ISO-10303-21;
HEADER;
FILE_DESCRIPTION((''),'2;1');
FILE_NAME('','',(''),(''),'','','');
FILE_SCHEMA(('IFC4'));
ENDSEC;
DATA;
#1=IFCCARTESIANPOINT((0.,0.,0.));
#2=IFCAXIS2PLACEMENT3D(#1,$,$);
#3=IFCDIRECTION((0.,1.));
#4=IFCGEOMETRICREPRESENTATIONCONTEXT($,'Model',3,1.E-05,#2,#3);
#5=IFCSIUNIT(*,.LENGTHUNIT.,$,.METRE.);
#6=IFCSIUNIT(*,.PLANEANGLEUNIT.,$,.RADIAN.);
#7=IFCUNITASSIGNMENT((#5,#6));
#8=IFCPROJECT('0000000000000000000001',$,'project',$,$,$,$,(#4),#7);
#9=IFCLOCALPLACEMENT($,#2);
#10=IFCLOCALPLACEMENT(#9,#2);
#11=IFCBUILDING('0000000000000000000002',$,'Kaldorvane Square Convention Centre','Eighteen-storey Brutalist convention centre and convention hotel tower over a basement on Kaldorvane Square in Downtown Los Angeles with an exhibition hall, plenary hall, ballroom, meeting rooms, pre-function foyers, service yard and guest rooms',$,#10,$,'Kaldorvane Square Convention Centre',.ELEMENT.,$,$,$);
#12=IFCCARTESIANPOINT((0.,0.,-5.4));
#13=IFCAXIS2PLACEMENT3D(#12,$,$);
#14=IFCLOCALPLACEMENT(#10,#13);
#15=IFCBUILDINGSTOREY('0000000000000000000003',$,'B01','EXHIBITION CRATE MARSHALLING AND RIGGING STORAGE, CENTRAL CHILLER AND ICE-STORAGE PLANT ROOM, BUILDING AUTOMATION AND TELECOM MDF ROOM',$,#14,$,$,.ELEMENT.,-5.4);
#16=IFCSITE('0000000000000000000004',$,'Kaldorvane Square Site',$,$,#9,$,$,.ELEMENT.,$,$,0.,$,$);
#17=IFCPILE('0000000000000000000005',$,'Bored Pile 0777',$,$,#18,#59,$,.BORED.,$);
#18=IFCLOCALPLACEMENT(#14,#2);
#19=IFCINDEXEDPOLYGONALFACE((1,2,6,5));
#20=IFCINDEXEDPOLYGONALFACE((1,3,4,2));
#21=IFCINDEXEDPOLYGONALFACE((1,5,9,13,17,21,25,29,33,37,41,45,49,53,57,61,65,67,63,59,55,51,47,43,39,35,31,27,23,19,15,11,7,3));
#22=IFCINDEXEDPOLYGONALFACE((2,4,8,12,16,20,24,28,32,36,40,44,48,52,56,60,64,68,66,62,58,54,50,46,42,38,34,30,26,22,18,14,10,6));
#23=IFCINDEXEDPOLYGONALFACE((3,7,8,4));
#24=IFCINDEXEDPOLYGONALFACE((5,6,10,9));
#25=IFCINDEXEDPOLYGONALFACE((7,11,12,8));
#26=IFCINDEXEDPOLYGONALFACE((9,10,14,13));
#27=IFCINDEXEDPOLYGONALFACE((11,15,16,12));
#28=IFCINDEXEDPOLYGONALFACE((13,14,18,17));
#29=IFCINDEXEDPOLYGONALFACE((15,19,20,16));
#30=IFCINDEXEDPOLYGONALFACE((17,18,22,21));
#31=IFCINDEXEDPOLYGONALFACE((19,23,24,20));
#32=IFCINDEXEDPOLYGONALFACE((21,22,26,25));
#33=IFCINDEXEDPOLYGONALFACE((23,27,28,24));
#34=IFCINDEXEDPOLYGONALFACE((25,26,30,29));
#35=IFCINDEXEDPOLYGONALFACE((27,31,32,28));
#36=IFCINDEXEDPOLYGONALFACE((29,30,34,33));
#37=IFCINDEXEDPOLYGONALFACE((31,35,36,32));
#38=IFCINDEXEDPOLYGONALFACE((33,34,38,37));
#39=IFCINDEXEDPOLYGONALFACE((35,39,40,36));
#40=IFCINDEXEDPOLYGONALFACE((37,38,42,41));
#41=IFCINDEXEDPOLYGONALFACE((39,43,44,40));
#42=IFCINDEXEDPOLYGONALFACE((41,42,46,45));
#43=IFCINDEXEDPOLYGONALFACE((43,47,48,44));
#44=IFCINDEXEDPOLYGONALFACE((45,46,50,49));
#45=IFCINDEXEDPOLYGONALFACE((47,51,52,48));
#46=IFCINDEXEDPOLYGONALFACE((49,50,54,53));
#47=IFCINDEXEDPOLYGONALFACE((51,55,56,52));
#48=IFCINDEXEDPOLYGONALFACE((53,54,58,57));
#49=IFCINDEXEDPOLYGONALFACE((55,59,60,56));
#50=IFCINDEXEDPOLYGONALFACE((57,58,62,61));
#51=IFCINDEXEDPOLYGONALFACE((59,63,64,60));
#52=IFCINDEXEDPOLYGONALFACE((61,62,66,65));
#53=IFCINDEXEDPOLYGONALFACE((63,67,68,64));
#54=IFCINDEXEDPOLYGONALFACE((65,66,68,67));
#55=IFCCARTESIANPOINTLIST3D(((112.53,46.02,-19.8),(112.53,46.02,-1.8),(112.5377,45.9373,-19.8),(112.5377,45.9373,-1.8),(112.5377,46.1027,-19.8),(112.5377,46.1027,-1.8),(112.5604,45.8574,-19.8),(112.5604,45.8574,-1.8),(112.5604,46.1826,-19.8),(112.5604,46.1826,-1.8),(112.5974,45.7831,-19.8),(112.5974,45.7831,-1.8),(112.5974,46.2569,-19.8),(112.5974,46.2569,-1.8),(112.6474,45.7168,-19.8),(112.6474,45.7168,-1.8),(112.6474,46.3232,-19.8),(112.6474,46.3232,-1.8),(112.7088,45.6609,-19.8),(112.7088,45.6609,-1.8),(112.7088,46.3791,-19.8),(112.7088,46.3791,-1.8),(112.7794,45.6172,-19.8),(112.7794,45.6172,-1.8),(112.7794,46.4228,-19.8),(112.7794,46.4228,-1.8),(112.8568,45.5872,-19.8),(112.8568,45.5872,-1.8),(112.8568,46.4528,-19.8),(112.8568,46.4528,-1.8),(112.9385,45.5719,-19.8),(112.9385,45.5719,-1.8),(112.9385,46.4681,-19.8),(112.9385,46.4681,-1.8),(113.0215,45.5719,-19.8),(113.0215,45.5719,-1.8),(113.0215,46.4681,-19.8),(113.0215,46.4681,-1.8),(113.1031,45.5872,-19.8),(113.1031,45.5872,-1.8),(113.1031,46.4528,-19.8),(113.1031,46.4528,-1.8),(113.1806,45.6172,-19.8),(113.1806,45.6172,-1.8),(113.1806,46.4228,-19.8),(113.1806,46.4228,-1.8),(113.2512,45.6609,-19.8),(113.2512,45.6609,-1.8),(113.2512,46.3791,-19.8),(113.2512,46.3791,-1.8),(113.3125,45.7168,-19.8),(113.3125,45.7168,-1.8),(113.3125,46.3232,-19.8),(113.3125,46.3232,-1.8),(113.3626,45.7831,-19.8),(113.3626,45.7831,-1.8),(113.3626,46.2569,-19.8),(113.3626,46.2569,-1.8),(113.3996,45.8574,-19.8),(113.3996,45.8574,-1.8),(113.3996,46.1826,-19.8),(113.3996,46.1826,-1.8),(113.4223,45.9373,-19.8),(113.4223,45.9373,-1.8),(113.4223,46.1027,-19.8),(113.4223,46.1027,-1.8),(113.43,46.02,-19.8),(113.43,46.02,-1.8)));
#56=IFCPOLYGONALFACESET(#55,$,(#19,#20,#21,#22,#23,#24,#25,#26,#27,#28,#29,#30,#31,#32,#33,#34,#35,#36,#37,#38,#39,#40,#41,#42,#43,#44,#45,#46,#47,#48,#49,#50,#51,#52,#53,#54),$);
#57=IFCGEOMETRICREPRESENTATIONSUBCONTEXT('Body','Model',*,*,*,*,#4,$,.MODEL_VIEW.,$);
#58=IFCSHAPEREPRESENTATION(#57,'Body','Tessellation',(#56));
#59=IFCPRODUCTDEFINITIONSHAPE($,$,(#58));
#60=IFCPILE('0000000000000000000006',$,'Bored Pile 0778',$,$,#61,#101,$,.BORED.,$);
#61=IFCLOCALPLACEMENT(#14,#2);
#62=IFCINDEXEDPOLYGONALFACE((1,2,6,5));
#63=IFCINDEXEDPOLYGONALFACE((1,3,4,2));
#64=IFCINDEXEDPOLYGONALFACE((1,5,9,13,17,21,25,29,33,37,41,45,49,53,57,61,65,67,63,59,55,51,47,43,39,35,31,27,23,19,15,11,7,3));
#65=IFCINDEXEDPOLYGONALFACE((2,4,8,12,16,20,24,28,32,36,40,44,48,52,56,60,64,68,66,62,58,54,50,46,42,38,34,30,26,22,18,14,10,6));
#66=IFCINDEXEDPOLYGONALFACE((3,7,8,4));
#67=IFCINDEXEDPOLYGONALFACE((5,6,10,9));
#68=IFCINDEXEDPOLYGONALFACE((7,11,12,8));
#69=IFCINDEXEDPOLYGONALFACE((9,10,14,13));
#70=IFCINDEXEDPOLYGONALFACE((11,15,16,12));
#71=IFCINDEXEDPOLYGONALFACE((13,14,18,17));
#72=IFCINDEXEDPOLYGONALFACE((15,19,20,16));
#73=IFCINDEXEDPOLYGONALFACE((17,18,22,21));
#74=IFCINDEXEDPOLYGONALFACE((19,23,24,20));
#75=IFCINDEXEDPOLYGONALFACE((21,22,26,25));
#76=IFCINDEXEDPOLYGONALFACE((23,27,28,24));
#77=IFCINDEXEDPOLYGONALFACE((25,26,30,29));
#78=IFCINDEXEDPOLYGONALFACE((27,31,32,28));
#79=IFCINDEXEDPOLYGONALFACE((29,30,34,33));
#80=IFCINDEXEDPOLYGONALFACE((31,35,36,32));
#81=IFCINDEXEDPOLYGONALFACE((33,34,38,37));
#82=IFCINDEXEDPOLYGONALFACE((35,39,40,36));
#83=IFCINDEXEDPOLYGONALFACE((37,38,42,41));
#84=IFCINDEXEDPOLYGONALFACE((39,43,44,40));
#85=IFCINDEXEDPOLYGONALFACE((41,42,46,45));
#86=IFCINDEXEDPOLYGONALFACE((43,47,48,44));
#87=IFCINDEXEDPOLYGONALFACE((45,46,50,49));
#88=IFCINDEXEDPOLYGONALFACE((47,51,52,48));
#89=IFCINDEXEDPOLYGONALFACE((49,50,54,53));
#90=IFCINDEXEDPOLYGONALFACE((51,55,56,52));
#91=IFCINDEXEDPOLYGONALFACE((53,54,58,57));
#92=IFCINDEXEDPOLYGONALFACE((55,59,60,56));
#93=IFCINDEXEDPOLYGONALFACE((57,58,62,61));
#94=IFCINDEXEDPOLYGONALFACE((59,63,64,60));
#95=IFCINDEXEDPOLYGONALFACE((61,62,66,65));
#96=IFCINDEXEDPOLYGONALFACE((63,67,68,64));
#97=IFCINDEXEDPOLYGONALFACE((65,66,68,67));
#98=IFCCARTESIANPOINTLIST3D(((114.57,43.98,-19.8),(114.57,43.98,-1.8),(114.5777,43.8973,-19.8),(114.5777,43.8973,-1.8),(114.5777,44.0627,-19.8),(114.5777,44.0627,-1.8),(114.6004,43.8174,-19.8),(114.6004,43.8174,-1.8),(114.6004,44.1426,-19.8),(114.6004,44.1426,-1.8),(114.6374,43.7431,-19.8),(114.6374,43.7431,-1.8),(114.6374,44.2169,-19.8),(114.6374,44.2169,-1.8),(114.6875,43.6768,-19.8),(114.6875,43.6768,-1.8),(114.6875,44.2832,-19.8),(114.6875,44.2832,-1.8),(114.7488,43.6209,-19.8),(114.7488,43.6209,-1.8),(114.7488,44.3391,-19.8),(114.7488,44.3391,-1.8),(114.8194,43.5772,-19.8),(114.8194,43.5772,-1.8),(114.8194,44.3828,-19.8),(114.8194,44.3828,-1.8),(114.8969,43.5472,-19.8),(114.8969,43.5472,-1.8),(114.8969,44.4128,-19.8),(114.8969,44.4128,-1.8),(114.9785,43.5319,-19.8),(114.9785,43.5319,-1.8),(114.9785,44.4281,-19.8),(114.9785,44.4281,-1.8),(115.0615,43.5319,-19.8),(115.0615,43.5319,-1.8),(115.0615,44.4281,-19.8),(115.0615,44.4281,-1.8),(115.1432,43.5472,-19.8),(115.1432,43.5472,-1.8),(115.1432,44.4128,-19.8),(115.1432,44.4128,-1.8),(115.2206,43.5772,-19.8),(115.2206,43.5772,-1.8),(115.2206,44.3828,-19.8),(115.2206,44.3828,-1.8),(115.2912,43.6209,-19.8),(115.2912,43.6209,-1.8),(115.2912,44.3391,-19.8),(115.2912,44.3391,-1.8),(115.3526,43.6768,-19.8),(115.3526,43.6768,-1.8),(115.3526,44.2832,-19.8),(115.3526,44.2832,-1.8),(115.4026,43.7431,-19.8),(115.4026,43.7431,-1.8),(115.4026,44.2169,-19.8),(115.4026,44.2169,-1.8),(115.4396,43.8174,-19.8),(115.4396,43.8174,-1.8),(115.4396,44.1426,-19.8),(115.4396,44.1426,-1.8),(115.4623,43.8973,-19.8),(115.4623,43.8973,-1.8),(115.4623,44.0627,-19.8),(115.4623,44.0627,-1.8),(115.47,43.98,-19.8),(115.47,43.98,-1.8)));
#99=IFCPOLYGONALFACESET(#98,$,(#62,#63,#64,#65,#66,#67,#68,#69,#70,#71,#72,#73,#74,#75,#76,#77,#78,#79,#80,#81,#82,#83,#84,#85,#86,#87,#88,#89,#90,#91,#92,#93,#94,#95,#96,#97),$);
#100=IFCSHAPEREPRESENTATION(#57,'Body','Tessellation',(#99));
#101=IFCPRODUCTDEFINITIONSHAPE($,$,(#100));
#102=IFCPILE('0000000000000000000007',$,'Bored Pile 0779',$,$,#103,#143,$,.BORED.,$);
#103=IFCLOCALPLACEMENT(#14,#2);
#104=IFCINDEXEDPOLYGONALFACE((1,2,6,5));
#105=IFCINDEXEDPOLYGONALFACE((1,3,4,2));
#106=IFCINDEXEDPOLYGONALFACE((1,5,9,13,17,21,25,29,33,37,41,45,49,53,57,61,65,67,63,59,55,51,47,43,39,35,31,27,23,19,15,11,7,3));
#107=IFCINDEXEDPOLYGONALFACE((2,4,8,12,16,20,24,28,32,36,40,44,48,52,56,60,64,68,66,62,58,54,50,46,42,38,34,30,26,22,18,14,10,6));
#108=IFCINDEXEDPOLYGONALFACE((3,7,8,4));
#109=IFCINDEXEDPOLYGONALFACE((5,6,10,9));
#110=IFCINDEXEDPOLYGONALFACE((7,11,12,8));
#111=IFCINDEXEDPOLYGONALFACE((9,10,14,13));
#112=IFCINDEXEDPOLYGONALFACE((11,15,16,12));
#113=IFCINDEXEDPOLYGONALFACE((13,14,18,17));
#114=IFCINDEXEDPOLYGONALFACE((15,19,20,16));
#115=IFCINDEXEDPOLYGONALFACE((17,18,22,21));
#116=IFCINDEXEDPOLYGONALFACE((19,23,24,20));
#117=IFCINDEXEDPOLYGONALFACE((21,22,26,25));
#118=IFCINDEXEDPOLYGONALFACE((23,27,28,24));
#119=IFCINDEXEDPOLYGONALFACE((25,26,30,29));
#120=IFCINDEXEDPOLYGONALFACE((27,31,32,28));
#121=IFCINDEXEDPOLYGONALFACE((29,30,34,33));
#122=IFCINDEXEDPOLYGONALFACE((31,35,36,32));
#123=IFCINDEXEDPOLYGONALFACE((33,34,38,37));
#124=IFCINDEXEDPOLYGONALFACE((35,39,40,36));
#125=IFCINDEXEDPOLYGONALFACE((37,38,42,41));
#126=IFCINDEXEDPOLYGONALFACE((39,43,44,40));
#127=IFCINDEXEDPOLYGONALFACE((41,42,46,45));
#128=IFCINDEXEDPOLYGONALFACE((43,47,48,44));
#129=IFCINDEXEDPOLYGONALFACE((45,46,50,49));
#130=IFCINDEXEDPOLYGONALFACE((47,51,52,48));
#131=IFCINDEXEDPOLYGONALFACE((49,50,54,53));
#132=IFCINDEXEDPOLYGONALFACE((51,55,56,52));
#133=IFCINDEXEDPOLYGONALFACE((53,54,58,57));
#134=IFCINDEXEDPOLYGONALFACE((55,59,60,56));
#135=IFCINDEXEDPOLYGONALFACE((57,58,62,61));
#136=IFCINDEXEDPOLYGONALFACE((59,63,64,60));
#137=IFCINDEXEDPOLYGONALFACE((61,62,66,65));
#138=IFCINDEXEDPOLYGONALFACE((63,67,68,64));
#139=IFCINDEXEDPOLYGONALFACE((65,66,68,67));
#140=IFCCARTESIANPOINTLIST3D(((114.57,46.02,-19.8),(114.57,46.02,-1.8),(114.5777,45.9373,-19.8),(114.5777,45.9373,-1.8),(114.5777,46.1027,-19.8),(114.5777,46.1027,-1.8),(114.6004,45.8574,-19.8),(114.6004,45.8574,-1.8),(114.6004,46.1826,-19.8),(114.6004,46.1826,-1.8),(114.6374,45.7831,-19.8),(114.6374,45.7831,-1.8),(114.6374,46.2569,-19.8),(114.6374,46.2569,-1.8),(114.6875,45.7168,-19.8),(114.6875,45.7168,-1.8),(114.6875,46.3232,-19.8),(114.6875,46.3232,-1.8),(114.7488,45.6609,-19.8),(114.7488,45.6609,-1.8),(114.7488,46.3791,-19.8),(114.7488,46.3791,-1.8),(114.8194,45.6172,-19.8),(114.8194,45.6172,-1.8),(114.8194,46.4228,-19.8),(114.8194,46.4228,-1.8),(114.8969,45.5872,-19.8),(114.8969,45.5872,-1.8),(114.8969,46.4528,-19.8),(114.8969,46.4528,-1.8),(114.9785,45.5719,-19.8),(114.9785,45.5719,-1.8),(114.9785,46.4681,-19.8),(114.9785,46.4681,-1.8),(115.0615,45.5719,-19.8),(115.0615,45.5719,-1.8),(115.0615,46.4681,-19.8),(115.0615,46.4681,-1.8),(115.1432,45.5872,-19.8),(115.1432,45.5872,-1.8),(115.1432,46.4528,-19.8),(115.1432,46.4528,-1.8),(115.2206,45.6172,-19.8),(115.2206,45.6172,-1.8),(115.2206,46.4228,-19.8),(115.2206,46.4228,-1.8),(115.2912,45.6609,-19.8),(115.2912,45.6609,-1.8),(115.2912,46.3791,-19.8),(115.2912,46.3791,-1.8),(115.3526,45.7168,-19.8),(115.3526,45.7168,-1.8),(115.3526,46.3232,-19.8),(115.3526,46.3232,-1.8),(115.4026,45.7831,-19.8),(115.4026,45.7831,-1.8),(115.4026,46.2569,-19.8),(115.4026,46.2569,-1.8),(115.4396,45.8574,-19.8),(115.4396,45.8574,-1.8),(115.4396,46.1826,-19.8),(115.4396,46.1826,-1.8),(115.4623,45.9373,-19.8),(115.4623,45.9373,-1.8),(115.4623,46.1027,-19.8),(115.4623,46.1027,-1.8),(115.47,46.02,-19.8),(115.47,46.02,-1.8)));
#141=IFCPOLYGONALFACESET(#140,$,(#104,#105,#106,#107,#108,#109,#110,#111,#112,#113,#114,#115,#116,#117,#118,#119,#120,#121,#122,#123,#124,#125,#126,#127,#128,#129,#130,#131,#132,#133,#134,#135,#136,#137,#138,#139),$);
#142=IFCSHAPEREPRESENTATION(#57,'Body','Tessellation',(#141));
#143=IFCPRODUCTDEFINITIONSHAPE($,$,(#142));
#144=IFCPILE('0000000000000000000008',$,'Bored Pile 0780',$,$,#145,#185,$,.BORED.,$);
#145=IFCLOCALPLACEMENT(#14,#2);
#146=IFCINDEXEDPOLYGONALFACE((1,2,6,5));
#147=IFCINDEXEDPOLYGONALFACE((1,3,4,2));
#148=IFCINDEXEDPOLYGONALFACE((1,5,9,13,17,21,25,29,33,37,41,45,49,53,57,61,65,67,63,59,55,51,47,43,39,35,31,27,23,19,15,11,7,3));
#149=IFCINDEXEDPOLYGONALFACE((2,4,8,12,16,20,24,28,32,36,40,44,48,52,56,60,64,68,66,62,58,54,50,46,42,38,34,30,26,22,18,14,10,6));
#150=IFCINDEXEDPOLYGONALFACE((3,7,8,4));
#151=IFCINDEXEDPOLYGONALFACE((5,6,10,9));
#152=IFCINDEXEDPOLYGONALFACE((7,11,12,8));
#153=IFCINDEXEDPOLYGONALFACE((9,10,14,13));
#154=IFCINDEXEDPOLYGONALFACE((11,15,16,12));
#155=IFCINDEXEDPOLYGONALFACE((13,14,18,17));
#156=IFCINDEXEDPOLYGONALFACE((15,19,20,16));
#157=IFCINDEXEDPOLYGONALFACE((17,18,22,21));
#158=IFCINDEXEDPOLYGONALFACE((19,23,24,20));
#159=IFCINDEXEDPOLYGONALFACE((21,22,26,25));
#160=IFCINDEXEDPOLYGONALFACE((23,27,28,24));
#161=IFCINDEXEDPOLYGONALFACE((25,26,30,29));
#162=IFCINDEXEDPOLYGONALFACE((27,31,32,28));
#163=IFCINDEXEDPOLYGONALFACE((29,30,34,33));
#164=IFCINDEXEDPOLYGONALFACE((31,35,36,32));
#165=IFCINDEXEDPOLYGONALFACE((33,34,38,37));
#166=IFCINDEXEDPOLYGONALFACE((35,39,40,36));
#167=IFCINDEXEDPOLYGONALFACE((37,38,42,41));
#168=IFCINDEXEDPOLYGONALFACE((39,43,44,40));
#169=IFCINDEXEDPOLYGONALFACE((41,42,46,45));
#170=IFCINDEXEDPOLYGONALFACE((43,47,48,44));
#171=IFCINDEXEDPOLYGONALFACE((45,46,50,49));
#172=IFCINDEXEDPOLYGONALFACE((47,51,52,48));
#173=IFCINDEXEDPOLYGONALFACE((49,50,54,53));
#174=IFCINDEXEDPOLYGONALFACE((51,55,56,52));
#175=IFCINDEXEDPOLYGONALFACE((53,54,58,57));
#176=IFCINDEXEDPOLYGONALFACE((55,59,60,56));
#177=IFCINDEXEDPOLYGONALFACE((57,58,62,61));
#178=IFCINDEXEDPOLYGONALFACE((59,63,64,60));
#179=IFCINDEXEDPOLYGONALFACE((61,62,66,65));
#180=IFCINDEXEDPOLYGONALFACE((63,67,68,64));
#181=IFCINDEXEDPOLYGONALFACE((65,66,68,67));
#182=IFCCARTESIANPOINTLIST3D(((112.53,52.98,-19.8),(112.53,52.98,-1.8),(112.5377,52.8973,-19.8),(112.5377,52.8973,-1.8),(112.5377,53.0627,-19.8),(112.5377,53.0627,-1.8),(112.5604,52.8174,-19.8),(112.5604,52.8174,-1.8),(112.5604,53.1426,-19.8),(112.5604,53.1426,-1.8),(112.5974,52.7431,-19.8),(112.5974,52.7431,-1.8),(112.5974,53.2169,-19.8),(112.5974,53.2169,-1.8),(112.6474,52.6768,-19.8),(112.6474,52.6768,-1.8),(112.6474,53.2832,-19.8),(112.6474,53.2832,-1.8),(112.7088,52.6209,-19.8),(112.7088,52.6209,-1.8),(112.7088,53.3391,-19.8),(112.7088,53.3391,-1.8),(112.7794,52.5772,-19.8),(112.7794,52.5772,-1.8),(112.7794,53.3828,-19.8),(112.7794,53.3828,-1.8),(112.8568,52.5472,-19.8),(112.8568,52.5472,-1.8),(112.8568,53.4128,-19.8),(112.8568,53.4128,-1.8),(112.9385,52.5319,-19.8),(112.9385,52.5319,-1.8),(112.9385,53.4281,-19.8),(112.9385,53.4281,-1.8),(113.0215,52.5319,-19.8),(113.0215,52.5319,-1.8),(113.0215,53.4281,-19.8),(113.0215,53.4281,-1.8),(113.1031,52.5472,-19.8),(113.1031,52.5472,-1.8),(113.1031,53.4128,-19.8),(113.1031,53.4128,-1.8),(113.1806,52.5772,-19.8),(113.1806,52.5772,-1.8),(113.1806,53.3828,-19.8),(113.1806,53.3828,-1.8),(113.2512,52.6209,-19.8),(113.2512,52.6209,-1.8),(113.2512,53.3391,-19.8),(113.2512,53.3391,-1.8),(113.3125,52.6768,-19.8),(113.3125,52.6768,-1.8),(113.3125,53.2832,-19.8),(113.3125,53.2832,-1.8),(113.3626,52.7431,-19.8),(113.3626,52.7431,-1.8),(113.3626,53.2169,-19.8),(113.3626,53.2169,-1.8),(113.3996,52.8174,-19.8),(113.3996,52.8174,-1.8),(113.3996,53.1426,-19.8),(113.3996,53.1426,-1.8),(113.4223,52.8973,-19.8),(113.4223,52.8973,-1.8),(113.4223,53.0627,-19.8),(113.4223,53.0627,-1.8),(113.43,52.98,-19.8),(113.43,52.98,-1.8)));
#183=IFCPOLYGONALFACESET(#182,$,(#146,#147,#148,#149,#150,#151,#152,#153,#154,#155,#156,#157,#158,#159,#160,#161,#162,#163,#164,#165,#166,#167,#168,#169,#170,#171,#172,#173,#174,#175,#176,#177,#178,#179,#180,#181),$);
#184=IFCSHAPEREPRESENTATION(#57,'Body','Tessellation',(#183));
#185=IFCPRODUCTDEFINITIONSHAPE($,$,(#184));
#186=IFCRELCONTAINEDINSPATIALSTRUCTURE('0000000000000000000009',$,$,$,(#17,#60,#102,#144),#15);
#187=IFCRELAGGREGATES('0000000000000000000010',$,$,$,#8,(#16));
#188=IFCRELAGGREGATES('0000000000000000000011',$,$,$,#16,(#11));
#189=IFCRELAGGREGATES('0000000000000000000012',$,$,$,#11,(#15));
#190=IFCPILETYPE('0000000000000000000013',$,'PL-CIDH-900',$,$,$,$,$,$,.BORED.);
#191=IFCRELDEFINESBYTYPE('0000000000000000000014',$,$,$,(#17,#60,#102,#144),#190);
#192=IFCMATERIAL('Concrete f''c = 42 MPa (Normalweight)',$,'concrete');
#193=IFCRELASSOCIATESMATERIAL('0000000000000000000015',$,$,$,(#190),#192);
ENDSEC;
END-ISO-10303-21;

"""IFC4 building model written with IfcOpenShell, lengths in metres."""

from ifc_helpers import new_model, si_unit, direction, frame, origin, origin_2d, place, context, subcontext, project, spatial, circle, extrude, material, material_profile, profile_set, type_object, element, save


model = new_model("IFC4")

# Units and contexts
model_context = context("Model", 3, precision=1e-05, world=origin(), true_north=direction((0.0, 1.0)))
body_context = subcontext(model_context, "Body", "Model", "MODEL_VIEW")
ifc_project = project(units=[si_unit("LENGTHUNIT", "METRE"), si_unit("PLANEANGLEUNIT", "RADIAN")], contexts=[model_context])

# Site, building, storey
site_placement = place(None, origin())
site = spatial("IfcSite", under=ifc_project, at=site_placement, Name="Kaldorvane Square Site", CompositionType="ELEMENT", RefElevation=0.0)
building_placement = place(site_placement, origin())
building = spatial("IfcBuilding", under=site, at=building_placement, Name="Kaldorvane Square Convention Centre", Description="Eighteen-storey Brutalist convention centre and convention hotel tower over a basement on Kaldorvane Square in Downtown Los Angeles with an exhibition hall, plenary hall, ballroom, meeting rooms, pre-function foyers, service yard and guest rooms", LongName="Kaldorvane Square Convention Centre", CompositionType="ELEMENT")
storey_placement = place(building_placement, frame((0.0, 0.0, -5.4)))
storey = spatial("IfcBuildingStorey", under=building, at=storey_placement, Name="B01", Description="EXHIBITION CRATE MARSHALLING AND RIGGING STORAGE, CENTRAL CHILLER AND ICE-STORAGE PLANT ROOM, BUILDING AUTOMATION AND TELECOM MDF ROOM", CompositionType="ELEMENT", Elevation=-5.4)

# Shared definitions
ifc_material_1 = material(Name="Concrete f'c = 42 MPa (Normalweight)", Category="concrete")

# Piles
ifc_material_profile_1 = material_profile(ifc_material_1, circle(Radius=0.45, at=origin_2d()), Name="PILE-D900")
ifc_profile_set_1 = profile_set([ifc_material_profile_1], Name="Concrete f'c = 42 MPa (Normalweight)")
pile_type = type_object("IfcPileType", Name="PL-CIDH-900", PredefinedType="BORED", material=ifc_profile_set_1)
for number, where, z_axis, x_axis, name in (
    (1, (112.98, 46.02, -1.8), (0.0, 0.0, -1.0), (1.0, 0.0, 0.0), "Bored Pile 0777"),
    (2, (115.02, 43.98, -1.8), (0.0, 0.0, -1.0), (1.0, 0.0, 0.0), "Bored Pile 0778"),
    (3, (115.02, 46.02, -1.8), (0.0, 0.0, -1.0), (1.0, 0.0, 0.0), "Bored Pile 0779"),
    (4, (112.98, 52.98, -1.8), (0.0, 0.0, -1.0), (1.0, 0.0, 0.0), "Bored Pile 0780"),
):
    element("IfcPile", number, at=place(storey_placement, frame(where, z_axis=z_axis, x_axis=x_axis)), inside=storey, type_object=pile_type, Name=name, PredefinedType="BORED", context=body_context, shape_type="SweptSolid", body=[
        extrude(circle(Radius=0.45, at=origin_2d()), origin(), (0.0, 0.0, 1.0), 18.0),
    ])

save(model, "model.ifc")
